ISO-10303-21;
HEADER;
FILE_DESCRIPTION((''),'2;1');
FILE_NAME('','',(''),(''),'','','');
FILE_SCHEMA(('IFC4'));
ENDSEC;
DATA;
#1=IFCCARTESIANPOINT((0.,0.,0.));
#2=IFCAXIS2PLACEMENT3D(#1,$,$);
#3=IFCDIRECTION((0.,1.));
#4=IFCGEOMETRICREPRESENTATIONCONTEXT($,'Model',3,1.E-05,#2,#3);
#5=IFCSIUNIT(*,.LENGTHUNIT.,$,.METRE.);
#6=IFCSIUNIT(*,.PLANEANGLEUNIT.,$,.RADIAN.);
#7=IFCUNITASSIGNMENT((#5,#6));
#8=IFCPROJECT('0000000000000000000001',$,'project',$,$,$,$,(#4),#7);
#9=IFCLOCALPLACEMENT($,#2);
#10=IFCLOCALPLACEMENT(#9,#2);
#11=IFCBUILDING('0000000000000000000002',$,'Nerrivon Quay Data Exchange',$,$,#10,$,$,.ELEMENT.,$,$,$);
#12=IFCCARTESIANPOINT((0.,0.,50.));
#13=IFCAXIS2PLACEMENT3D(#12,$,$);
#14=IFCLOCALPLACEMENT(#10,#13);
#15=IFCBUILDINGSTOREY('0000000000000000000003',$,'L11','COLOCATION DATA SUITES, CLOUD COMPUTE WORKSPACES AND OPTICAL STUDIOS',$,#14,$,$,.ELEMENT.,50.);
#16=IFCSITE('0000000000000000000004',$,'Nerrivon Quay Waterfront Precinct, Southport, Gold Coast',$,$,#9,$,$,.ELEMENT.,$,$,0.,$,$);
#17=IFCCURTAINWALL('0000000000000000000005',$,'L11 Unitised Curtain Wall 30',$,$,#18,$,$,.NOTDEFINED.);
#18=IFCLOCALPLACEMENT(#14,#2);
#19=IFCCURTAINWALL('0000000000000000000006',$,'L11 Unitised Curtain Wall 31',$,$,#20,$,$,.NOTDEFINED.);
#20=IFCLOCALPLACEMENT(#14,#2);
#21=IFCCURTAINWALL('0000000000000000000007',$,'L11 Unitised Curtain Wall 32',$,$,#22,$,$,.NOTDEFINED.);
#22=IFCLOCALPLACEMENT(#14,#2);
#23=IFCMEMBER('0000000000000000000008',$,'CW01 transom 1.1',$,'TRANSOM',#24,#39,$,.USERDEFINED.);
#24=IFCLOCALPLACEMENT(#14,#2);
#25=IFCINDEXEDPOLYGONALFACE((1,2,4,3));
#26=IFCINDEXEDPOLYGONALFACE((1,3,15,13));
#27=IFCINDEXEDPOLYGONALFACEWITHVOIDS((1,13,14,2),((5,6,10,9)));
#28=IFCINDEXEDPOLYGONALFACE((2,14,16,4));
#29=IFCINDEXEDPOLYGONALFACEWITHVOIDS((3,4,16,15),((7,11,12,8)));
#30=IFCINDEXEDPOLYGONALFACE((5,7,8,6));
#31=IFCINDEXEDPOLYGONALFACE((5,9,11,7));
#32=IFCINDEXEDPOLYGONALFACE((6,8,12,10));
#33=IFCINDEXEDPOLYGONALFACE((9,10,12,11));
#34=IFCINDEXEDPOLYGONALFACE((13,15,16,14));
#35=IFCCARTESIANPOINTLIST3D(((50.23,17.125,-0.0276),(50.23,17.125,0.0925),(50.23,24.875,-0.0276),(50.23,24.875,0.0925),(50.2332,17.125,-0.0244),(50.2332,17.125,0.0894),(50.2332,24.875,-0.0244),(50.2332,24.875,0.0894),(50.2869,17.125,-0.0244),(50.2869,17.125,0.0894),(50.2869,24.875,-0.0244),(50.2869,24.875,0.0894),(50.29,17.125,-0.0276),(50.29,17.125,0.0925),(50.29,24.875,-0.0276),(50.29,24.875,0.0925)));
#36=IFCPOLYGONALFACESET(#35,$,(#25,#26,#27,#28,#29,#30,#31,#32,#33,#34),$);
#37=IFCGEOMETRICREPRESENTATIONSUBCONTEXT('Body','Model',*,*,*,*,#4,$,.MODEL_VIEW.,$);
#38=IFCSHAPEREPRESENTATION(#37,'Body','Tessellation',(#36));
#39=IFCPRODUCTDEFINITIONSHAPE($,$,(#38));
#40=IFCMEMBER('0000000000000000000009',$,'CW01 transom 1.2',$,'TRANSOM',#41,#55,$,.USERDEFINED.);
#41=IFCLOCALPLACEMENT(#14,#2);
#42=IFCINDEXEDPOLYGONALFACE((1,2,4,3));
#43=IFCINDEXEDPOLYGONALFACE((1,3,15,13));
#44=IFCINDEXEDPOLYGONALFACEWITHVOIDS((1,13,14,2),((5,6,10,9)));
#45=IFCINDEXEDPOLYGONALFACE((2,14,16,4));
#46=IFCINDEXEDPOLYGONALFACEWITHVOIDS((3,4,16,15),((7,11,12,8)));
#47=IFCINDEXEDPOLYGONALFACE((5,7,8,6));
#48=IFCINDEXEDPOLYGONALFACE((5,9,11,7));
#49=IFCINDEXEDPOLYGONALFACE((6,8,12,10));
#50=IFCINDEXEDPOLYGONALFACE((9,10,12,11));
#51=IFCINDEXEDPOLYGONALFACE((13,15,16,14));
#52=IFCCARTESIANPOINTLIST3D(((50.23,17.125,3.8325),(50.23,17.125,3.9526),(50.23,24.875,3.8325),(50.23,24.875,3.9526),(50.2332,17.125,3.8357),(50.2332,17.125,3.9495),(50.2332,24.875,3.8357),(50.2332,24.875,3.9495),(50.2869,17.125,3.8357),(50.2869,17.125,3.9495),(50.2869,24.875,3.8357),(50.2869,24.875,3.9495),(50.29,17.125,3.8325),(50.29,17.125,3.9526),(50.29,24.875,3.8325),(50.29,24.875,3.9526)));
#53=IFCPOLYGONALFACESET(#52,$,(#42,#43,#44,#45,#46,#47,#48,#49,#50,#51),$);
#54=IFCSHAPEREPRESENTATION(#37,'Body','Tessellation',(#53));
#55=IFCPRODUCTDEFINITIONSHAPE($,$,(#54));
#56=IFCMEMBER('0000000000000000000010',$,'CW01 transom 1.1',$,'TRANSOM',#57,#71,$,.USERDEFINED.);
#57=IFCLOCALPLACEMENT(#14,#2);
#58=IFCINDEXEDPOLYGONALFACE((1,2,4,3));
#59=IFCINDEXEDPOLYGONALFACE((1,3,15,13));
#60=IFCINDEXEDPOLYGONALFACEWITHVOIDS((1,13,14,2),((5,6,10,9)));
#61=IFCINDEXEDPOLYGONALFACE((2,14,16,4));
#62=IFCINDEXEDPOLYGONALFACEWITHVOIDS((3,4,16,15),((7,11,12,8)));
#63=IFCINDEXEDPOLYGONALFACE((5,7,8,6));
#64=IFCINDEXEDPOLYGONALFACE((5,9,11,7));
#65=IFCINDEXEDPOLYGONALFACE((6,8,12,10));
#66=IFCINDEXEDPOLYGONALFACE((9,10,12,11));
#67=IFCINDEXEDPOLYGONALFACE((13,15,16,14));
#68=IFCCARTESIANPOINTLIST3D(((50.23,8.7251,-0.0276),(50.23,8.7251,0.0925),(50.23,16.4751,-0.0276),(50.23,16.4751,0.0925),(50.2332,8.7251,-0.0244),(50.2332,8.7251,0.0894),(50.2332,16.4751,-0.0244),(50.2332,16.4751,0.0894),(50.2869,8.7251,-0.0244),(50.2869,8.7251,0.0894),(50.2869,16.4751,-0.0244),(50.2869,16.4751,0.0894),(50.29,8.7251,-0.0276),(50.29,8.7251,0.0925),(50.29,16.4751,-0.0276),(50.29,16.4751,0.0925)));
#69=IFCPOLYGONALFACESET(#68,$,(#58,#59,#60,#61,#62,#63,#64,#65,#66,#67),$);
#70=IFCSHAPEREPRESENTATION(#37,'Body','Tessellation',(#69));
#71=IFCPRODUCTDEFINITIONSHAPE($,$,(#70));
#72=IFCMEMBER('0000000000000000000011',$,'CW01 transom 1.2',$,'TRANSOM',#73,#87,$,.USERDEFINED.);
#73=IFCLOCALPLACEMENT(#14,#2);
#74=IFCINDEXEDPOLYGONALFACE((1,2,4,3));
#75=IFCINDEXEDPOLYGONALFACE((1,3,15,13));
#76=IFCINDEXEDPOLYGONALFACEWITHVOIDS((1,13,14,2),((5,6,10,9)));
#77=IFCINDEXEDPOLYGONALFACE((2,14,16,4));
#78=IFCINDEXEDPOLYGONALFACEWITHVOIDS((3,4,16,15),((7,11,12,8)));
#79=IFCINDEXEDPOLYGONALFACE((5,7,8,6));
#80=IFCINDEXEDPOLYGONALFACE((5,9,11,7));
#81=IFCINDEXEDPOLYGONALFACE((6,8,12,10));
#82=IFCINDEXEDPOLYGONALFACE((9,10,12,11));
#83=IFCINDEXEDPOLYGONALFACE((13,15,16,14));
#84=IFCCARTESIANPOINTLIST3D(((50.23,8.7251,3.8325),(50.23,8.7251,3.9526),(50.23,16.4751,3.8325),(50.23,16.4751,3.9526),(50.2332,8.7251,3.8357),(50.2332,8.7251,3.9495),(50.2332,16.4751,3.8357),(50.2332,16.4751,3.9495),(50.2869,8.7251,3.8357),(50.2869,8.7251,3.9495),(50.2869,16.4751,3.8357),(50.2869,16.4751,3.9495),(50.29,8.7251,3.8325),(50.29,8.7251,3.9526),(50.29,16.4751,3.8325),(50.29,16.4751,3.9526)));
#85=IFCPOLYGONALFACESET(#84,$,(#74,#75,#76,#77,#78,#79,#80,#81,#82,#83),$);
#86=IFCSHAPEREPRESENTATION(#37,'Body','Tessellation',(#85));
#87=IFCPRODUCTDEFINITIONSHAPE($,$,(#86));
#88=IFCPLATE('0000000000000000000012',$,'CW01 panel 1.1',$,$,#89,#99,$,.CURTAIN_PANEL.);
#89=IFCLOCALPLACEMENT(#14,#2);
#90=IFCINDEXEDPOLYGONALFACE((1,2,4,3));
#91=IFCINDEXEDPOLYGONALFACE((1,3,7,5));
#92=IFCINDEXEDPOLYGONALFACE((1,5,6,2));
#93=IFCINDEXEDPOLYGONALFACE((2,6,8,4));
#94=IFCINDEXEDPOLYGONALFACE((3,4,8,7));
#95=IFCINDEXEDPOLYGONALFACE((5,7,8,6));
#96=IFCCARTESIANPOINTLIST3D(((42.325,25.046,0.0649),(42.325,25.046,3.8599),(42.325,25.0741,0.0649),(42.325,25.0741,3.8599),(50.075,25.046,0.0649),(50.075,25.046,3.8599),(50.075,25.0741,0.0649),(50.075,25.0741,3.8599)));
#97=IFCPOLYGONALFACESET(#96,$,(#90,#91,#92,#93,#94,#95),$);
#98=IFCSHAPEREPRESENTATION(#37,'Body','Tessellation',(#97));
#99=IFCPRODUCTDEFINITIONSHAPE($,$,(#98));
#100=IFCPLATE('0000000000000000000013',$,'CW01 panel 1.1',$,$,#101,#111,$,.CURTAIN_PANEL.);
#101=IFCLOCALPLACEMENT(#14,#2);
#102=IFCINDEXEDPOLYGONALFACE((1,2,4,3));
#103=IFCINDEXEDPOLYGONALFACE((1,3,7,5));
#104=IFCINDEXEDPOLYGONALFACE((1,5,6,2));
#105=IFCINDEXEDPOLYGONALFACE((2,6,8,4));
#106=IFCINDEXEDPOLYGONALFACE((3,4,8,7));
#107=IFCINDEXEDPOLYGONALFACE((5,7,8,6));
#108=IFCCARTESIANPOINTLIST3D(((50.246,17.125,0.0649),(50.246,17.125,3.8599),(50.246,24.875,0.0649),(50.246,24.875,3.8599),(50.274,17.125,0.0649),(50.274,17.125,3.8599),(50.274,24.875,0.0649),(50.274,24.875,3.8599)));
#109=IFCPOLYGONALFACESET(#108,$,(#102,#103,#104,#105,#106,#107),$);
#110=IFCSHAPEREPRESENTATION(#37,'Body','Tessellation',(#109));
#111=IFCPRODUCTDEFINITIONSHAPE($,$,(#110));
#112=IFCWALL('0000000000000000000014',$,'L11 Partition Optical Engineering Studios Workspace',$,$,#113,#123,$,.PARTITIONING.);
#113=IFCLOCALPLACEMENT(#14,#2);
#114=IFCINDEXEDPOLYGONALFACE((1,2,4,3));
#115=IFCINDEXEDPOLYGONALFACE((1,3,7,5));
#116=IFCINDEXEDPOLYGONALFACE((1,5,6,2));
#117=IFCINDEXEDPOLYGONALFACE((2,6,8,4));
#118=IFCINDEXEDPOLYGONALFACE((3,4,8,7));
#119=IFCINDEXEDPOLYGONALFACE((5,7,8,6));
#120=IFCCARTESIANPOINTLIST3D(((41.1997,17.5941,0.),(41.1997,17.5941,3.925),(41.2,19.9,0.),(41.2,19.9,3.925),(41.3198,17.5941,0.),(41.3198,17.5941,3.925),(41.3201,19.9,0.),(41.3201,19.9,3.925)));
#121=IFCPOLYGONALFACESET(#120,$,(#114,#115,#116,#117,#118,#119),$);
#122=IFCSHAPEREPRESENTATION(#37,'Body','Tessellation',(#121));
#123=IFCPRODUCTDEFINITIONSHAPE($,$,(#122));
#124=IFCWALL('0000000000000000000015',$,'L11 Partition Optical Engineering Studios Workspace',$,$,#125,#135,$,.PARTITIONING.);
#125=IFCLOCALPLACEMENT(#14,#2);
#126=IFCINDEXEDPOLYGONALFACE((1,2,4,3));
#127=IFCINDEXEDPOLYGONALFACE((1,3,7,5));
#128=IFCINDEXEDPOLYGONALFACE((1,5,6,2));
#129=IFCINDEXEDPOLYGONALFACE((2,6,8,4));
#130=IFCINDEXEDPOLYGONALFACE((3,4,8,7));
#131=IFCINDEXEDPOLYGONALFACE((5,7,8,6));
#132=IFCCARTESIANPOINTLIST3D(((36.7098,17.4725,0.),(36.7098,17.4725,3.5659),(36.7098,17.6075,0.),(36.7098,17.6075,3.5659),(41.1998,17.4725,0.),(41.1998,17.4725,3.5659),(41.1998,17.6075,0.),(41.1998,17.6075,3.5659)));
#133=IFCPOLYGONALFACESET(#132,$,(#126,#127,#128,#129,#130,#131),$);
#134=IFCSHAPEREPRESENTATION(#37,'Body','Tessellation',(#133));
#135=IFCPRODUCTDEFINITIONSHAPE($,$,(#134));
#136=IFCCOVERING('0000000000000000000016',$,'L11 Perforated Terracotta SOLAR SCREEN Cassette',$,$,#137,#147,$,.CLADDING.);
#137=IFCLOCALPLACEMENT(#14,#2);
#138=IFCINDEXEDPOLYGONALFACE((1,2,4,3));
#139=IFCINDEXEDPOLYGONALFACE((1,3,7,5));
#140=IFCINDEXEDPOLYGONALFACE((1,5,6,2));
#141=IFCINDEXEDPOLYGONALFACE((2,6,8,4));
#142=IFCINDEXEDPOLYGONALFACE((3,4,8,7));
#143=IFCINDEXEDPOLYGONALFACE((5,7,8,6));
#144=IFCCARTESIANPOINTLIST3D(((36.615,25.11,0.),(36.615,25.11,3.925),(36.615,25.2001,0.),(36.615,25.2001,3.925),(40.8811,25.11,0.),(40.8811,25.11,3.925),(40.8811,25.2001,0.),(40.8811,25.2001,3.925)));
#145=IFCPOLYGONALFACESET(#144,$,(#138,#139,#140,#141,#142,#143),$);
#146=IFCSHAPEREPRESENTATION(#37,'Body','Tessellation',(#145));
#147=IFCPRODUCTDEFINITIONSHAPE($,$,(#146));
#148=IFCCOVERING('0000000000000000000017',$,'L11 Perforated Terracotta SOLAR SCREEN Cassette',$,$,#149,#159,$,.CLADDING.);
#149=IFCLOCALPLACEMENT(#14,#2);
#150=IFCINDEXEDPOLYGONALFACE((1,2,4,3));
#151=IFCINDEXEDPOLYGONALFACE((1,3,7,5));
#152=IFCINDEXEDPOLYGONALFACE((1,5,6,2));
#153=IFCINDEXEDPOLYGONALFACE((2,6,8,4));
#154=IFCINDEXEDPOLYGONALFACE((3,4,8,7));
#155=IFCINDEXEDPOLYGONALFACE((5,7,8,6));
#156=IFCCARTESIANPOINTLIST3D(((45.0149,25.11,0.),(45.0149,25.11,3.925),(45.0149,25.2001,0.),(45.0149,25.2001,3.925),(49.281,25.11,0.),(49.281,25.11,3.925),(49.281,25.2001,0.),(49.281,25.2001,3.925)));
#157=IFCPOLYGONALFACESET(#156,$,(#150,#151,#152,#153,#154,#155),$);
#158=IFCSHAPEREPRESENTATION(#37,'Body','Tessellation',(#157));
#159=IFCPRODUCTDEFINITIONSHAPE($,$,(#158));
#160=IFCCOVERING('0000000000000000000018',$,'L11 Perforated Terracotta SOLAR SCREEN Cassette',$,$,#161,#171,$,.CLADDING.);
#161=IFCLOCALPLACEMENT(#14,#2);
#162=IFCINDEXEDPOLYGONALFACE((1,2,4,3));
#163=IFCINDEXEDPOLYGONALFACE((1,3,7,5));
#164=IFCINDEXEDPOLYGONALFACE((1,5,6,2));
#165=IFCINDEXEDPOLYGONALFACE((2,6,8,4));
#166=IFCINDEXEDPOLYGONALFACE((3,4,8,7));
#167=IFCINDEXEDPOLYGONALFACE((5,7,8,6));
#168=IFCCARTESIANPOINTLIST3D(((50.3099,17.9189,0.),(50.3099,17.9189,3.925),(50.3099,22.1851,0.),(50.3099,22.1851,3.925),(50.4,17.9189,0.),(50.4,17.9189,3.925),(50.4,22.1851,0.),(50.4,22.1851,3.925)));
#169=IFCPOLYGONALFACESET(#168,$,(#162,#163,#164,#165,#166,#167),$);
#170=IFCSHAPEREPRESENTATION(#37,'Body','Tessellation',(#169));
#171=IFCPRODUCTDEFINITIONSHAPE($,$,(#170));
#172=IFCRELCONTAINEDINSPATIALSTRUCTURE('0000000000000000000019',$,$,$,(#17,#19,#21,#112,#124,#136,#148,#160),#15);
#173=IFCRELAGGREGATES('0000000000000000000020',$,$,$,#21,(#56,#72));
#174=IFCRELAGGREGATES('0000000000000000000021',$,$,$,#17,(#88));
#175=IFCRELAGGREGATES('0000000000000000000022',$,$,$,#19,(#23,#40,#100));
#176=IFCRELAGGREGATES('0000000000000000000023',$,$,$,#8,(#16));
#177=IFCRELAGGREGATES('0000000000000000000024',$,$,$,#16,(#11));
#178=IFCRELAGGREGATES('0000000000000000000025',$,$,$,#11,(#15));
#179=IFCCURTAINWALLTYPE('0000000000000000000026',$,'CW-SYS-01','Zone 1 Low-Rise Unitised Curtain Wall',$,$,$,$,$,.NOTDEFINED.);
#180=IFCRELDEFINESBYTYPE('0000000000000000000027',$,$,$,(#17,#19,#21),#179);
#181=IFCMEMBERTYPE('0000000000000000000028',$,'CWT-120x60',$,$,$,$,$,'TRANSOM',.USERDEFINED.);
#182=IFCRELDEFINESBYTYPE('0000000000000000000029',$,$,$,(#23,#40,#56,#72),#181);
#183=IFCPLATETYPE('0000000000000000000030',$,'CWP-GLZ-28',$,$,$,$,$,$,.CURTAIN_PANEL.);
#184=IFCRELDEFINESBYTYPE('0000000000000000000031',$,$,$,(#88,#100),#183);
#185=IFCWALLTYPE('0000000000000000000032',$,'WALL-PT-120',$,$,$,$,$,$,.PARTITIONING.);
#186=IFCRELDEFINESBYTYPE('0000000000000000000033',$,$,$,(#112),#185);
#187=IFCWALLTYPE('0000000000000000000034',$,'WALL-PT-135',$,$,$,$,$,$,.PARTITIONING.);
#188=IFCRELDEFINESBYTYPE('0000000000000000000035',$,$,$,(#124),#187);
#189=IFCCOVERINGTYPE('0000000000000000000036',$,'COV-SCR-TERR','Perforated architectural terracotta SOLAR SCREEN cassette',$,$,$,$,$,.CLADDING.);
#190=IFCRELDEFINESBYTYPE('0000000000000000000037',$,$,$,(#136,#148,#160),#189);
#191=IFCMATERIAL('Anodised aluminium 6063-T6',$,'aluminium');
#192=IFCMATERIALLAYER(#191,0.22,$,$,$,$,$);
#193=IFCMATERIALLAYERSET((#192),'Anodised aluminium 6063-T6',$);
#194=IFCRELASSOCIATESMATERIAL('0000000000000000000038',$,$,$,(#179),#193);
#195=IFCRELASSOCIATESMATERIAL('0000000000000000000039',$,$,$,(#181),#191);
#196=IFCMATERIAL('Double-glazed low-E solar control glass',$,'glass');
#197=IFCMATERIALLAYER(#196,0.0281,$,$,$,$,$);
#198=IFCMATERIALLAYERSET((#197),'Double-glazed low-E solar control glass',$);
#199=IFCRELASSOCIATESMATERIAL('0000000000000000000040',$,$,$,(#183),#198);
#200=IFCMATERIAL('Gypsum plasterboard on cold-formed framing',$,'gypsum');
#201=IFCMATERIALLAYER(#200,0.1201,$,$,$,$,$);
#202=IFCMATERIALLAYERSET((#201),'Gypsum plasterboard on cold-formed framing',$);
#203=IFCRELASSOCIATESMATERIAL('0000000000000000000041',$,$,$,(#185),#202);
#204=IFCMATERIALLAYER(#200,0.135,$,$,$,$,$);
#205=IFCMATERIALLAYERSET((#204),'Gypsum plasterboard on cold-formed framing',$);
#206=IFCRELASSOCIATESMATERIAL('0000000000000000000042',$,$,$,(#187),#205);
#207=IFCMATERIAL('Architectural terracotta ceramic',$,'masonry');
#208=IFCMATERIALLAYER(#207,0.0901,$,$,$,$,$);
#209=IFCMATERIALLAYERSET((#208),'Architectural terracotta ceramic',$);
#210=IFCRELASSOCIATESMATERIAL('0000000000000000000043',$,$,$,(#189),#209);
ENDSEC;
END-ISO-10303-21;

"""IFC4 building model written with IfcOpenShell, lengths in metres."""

from ifc_helpers import new_model, si_unit, direction, frame, frame_2d, origin, origin_2d, place, context, subcontext, project, spatial, rectangle, hollow_rectangle, extrude, material, layer, layer_set, material_profile, profile_set, type_object, element, aggregate, save


model = new_model("IFC4")

# Units and contexts
model_context = context("Model", 3, precision=1e-05, world=origin(), true_north=direction((0.0, 1.0)))
body_context = subcontext(model_context, "Body", "Model", "MODEL_VIEW")
ifc_project = project(units=[si_unit("LENGTHUNIT", "METRE"), si_unit("PLANEANGLEUNIT", "RADIAN")], contexts=[model_context])

# Site, building, storey
site_placement = place(None, origin())
site = spatial("IfcSite", under=ifc_project, at=site_placement, Name="Nerrivon Quay Waterfront Precinct, Southport, Gold Coast", CompositionType="ELEMENT", RefElevation=0.0)
building_placement = place(site_placement, origin())
building = spatial("IfcBuilding", under=site, at=building_placement, Name="Nerrivon Quay Data Exchange", CompositionType="ELEMENT")
storey_placement = place(building_placement, frame((0.0, 0.0, 50.0)))
storey = spatial("IfcBuildingStorey", under=building, at=storey_placement, Name="L11", Description="COLOCATION DATA SUITES, CLOUD COMPUTE WORKSPACES AND OPTICAL STUDIOS", CompositionType="ELEMENT", Elevation=50.0)

# Shared definitions
ifc_material_1 = material(Name="Anodised aluminium 6063-T6", Category="aluminium")
ifc_layer_1 = layer(ifc_material_1, 0.22)
ifc_layer_set_1 = layer_set([ifc_layer_1], Name="Anodised aluminium 6063-T6")
curtain_wall_type = type_object("IfcCurtainWallType", Name="CW-SYS-01", Description="Zone 1 Low-Rise Unitised Curtain Wall", PredefinedType="NOTDEFINED", material=ifc_layer_set_1)

# Curtain walls
curtain_wall_1_placement = place(storey_placement, origin())
curtain_wall_1 = element("IfcCurtainWall", 1, at=curtain_wall_1_placement, inside=storey, type_object=curtain_wall_type, Name="L11 Unitised Curtain Wall 30", PredefinedType="NOTDEFINED")
curtain_wall_2_placement = place(storey_placement, origin())
curtain_wall_2 = element("IfcCurtainWall", 2, at=curtain_wall_2_placement, inside=storey, type_object=curtain_wall_type, Name="L11 Unitised Curtain Wall 31", PredefinedType="NOTDEFINED")

# Curtain wall
curtain_wall_3_placement = place(storey_placement, origin())
curtain_wall_3 = element("IfcCurtainWall", 3, at=curtain_wall_3_placement, inside=storey, type_object=curtain_wall_type, Name="L11 Unitised Curtain Wall 32", PredefinedType="NOTDEFINED")

# Members
ifc_material_profile_1 = material_profile(ifc_material_1, hollow_rectangle(XDim=0.0601, YDim=0.1201, WallThickness=0.0032, at=origin_2d()), Name="ALU-TRAN-120x60")
ifc_profile_set_1 = profile_set([ifc_material_profile_1], Name="Anodised aluminium 6063-T6")
member_type_1 = type_object("IfcMemberType", Name="CWT-120x60", ElementType="TRANSOM", PredefinedType="USERDEFINED", material=ifc_profile_set_1)
member_1_placement = place(storey_placement, frame((50.26, 24.875, 0.0325), z_axis=(0.0, -1.0, 0.0), x_axis=(1.0, 0.0, 0.0)))
member_1 = element("IfcMember", 4, at=member_1_placement, type_object=member_type_1, Name="CW01 transom 1.1", ObjectType="TRANSOM", PredefinedType="USERDEFINED", context=body_context, shape_type="SweptSolid", body=[
    extrude(hollow_rectangle(XDim=0.0601, YDim=0.1201, WallThickness=0.0032, at=origin_2d()), origin(), (0.0, 0.0, 1.0), 7.75),
])
member_2_placement = place(storey_placement, frame((50.26, 24.875, 3.8926), z_axis=(0.0, -1.0, 0.0), x_axis=(1.0, 0.0, 0.0)))
member_2 = element("IfcMember", 5, at=member_2_placement, type_object=member_type_1, Name="CW01 transom 1.2", ObjectType="TRANSOM", PredefinedType="USERDEFINED", context=body_context, shape_type="SweptSolid", body=[
    extrude(hollow_rectangle(XDim=0.0601, YDim=0.1201, WallThickness=0.0032, at=origin_2d()), origin(), (0.0, 0.0, 1.0), 7.75),
])
member_3_placement = place(storey_placement, frame((50.26, 16.4751, 0.0325), z_axis=(0.0, -1.0, 0.0), x_axis=(1.0, 0.0, 0.0)))
member_3 = element("IfcMember", 6, at=member_3_placement, type_object=member_type_1, Name="CW01 transom 1.1", ObjectType="TRANSOM", PredefinedType="USERDEFINED", context=body_context, shape_type="SweptSolid", body=[
    extrude(hollow_rectangle(XDim=0.0601, YDim=0.1201, WallThickness=0.0032, at=origin_2d()), origin(), (0.0, 0.0, 1.0), 7.75),
])
member_4_placement = place(storey_placement, frame((50.26, 16.4751, 3.8926), z_axis=(0.0, -1.0, 0.0), x_axis=(1.0, 0.0, 0.0)))
member_4 = element("IfcMember", 7, at=member_4_placement, type_object=member_type_1, Name="CW01 transom 1.2", ObjectType="TRANSOM", PredefinedType="USERDEFINED", context=body_context, shape_type="SweptSolid", body=[
    extrude(hollow_rectangle(XDim=0.0601, YDim=0.1201, WallThickness=0.0032, at=origin_2d()), origin(), (0.0, 0.0, 1.0), 7.75),
])
aggregate(curtain_wall_3, [member_3, member_4])

# Plates
ifc_material_2 = material(Name="Double-glazed low-E solar control glass", Category="glass")
ifc_layer_2 = layer(ifc_material_2, 0.0281)
ifc_layer_set_2 = layer_set([ifc_layer_2], Name="Double-glazed low-E solar control glass")
plate_type = type_object("IfcPlateType", Name="CWP-GLZ-28", PredefinedType="CURTAIN_PANEL", material=ifc_layer_set_2)
plate_1_placement = place(storey_placement, frame((46.2, 25.0601, 0.0649), z_axis=(0.0, 0.0, 1.0), x_axis=(1.0, 0.0, 0.0)))
plate_1 = element("IfcPlate", 8, at=plate_1_placement, type_object=plate_type, Name="CW01 panel 1.1", PredefinedType="CURTAIN_PANEL", context=body_context, shape_type="SweptSolid", body=[
    extrude(rectangle(XDim=7.75, YDim=0.0281, at=origin_2d()), origin(), (0.0, 0.0, 1.0), 3.7949),
])
aggregate(curtain_wall_1, [plate_1])
plate_2_placement = place(storey_placement, frame((50.26, 21.0, 0.0649), z_axis=(0.0, 0.0, 1.0), x_axis=(0.0, -1.0, 0.0)))
plate_2 = element("IfcPlate", 9, at=plate_2_placement, type_object=plate_type, Name="CW01 panel 1.1", PredefinedType="CURTAIN_PANEL", context=body_context, shape_type="SweptSolid", body=[
    extrude(rectangle(XDim=7.75, YDim=0.0281, at=origin_2d()), origin(), (0.0, 0.0, 1.0), 3.7949),
])
aggregate(curtain_wall_2, [member_1, member_2, plate_2])

# Walls
ifc_material_3 = material(Name="Gypsum plasterboard on cold-formed framing", Category="gypsum")
ifc_layer_3 = layer(ifc_material_3, 0.1201)
ifc_layer_set_3 = layer_set([ifc_layer_3], Name="Gypsum plasterboard on cold-formed framing")
wall_type_1 = type_object("IfcWallType", Name="WALL-PT-120", PredefinedType="PARTITIONING", material=ifc_layer_set_3)
wall_1_placement = place(storey_placement, frame((41.26, 19.8999, 0.0), z_axis=(0.0, 0.0, 1.0), x_axis=(-0.000106, -1.0, 0.0)))
element("IfcWall", 10, at=wall_1_placement, inside=storey, type_object=wall_type_1, Name="L11 Partition Optical Engineering Studios Workspace", PredefinedType="PARTITIONING", context=body_context, shape_type="SweptSolid", body=[
    extrude(rectangle(XDim=2.3059, YDim=0.1201, at=frame_2d((1.1528, 0.0))), origin(), (0.0, 0.0, 1.0), 3.925),
])
ifc_layer_4 = layer(ifc_material_3, 0.135)
ifc_layer_set_4 = layer_set([ifc_layer_4], Name="Gypsum plasterboard on cold-formed framing")
wall_type_2 = type_object("IfcWallType", Name="WALL-PT-135", PredefinedType="PARTITIONING", material=ifc_layer_set_4)
wall_2_placement = place(storey_placement, frame((41.2, 17.54, 0.0), z_axis=(0.0, 0.0, 1.0), x_axis=(-1.0, 0.0, 0.0)))
element("IfcWall", 11, at=wall_2_placement, inside=storey, type_object=wall_type_2, Name="L11 Partition Optical Engineering Studios Workspace", PredefinedType="PARTITIONING", context=body_context, shape_type="SweptSolid", body=[
    extrude(rectangle(XDim=4.49, YDim=0.135, at=frame_2d((2.2451, 0.0))), origin(), (0.0, 0.0, 1.0), 3.5659),
])

# Coverings
ifc_material_4 = material(Name="Architectural terracotta ceramic", Category="masonry")
ifc_layer_5 = layer(ifc_material_4, 0.0901)
ifc_layer_set_5 = layer_set([ifc_layer_5], Name="Architectural terracotta ceramic")
covering_type = type_object("IfcCoveringType", Name="COV-SCR-TERR", Description="Perforated architectural terracotta SOLAR SCREEN cassette", PredefinedType="CLADDING", material=ifc_layer_set_5)
for number, where, z_axis, x_axis, name in (
    (12, (38.748, 25.155, 0.0), (0.0, 0.0, 1.0), (1.0, 0.0, 0.0), "L11 Perforated Terracotta SOLAR SCREEN Cassette"),
    (13, (47.1479, 25.155, 0.0), (0.0, 0.0, 1.0), (1.0, 0.0, 0.0), "L11 Perforated Terracotta SOLAR SCREEN Cassette"),
    (14, (50.355, 20.052, 0.0), (0.0, 0.0, 1.0), (0.0, -1.0, 0.0), "L11 Perforated Terracotta SOLAR SCREEN Cassette"),
):
    element("IfcCovering", number, at=place(storey_placement, frame(where, z_axis=z_axis, x_axis=x_axis)), inside=storey, type_object=covering_type, Name=name, PredefinedType="CLADDING", context=body_context, shape_type="SweptSolid", body=[
        extrude(rectangle(XDim=4.2661, YDim=0.0901, at=origin_2d()), origin(), (0.0, 0.0, 1.0), 3.925),
    ])

save(model, "model.ifc")
